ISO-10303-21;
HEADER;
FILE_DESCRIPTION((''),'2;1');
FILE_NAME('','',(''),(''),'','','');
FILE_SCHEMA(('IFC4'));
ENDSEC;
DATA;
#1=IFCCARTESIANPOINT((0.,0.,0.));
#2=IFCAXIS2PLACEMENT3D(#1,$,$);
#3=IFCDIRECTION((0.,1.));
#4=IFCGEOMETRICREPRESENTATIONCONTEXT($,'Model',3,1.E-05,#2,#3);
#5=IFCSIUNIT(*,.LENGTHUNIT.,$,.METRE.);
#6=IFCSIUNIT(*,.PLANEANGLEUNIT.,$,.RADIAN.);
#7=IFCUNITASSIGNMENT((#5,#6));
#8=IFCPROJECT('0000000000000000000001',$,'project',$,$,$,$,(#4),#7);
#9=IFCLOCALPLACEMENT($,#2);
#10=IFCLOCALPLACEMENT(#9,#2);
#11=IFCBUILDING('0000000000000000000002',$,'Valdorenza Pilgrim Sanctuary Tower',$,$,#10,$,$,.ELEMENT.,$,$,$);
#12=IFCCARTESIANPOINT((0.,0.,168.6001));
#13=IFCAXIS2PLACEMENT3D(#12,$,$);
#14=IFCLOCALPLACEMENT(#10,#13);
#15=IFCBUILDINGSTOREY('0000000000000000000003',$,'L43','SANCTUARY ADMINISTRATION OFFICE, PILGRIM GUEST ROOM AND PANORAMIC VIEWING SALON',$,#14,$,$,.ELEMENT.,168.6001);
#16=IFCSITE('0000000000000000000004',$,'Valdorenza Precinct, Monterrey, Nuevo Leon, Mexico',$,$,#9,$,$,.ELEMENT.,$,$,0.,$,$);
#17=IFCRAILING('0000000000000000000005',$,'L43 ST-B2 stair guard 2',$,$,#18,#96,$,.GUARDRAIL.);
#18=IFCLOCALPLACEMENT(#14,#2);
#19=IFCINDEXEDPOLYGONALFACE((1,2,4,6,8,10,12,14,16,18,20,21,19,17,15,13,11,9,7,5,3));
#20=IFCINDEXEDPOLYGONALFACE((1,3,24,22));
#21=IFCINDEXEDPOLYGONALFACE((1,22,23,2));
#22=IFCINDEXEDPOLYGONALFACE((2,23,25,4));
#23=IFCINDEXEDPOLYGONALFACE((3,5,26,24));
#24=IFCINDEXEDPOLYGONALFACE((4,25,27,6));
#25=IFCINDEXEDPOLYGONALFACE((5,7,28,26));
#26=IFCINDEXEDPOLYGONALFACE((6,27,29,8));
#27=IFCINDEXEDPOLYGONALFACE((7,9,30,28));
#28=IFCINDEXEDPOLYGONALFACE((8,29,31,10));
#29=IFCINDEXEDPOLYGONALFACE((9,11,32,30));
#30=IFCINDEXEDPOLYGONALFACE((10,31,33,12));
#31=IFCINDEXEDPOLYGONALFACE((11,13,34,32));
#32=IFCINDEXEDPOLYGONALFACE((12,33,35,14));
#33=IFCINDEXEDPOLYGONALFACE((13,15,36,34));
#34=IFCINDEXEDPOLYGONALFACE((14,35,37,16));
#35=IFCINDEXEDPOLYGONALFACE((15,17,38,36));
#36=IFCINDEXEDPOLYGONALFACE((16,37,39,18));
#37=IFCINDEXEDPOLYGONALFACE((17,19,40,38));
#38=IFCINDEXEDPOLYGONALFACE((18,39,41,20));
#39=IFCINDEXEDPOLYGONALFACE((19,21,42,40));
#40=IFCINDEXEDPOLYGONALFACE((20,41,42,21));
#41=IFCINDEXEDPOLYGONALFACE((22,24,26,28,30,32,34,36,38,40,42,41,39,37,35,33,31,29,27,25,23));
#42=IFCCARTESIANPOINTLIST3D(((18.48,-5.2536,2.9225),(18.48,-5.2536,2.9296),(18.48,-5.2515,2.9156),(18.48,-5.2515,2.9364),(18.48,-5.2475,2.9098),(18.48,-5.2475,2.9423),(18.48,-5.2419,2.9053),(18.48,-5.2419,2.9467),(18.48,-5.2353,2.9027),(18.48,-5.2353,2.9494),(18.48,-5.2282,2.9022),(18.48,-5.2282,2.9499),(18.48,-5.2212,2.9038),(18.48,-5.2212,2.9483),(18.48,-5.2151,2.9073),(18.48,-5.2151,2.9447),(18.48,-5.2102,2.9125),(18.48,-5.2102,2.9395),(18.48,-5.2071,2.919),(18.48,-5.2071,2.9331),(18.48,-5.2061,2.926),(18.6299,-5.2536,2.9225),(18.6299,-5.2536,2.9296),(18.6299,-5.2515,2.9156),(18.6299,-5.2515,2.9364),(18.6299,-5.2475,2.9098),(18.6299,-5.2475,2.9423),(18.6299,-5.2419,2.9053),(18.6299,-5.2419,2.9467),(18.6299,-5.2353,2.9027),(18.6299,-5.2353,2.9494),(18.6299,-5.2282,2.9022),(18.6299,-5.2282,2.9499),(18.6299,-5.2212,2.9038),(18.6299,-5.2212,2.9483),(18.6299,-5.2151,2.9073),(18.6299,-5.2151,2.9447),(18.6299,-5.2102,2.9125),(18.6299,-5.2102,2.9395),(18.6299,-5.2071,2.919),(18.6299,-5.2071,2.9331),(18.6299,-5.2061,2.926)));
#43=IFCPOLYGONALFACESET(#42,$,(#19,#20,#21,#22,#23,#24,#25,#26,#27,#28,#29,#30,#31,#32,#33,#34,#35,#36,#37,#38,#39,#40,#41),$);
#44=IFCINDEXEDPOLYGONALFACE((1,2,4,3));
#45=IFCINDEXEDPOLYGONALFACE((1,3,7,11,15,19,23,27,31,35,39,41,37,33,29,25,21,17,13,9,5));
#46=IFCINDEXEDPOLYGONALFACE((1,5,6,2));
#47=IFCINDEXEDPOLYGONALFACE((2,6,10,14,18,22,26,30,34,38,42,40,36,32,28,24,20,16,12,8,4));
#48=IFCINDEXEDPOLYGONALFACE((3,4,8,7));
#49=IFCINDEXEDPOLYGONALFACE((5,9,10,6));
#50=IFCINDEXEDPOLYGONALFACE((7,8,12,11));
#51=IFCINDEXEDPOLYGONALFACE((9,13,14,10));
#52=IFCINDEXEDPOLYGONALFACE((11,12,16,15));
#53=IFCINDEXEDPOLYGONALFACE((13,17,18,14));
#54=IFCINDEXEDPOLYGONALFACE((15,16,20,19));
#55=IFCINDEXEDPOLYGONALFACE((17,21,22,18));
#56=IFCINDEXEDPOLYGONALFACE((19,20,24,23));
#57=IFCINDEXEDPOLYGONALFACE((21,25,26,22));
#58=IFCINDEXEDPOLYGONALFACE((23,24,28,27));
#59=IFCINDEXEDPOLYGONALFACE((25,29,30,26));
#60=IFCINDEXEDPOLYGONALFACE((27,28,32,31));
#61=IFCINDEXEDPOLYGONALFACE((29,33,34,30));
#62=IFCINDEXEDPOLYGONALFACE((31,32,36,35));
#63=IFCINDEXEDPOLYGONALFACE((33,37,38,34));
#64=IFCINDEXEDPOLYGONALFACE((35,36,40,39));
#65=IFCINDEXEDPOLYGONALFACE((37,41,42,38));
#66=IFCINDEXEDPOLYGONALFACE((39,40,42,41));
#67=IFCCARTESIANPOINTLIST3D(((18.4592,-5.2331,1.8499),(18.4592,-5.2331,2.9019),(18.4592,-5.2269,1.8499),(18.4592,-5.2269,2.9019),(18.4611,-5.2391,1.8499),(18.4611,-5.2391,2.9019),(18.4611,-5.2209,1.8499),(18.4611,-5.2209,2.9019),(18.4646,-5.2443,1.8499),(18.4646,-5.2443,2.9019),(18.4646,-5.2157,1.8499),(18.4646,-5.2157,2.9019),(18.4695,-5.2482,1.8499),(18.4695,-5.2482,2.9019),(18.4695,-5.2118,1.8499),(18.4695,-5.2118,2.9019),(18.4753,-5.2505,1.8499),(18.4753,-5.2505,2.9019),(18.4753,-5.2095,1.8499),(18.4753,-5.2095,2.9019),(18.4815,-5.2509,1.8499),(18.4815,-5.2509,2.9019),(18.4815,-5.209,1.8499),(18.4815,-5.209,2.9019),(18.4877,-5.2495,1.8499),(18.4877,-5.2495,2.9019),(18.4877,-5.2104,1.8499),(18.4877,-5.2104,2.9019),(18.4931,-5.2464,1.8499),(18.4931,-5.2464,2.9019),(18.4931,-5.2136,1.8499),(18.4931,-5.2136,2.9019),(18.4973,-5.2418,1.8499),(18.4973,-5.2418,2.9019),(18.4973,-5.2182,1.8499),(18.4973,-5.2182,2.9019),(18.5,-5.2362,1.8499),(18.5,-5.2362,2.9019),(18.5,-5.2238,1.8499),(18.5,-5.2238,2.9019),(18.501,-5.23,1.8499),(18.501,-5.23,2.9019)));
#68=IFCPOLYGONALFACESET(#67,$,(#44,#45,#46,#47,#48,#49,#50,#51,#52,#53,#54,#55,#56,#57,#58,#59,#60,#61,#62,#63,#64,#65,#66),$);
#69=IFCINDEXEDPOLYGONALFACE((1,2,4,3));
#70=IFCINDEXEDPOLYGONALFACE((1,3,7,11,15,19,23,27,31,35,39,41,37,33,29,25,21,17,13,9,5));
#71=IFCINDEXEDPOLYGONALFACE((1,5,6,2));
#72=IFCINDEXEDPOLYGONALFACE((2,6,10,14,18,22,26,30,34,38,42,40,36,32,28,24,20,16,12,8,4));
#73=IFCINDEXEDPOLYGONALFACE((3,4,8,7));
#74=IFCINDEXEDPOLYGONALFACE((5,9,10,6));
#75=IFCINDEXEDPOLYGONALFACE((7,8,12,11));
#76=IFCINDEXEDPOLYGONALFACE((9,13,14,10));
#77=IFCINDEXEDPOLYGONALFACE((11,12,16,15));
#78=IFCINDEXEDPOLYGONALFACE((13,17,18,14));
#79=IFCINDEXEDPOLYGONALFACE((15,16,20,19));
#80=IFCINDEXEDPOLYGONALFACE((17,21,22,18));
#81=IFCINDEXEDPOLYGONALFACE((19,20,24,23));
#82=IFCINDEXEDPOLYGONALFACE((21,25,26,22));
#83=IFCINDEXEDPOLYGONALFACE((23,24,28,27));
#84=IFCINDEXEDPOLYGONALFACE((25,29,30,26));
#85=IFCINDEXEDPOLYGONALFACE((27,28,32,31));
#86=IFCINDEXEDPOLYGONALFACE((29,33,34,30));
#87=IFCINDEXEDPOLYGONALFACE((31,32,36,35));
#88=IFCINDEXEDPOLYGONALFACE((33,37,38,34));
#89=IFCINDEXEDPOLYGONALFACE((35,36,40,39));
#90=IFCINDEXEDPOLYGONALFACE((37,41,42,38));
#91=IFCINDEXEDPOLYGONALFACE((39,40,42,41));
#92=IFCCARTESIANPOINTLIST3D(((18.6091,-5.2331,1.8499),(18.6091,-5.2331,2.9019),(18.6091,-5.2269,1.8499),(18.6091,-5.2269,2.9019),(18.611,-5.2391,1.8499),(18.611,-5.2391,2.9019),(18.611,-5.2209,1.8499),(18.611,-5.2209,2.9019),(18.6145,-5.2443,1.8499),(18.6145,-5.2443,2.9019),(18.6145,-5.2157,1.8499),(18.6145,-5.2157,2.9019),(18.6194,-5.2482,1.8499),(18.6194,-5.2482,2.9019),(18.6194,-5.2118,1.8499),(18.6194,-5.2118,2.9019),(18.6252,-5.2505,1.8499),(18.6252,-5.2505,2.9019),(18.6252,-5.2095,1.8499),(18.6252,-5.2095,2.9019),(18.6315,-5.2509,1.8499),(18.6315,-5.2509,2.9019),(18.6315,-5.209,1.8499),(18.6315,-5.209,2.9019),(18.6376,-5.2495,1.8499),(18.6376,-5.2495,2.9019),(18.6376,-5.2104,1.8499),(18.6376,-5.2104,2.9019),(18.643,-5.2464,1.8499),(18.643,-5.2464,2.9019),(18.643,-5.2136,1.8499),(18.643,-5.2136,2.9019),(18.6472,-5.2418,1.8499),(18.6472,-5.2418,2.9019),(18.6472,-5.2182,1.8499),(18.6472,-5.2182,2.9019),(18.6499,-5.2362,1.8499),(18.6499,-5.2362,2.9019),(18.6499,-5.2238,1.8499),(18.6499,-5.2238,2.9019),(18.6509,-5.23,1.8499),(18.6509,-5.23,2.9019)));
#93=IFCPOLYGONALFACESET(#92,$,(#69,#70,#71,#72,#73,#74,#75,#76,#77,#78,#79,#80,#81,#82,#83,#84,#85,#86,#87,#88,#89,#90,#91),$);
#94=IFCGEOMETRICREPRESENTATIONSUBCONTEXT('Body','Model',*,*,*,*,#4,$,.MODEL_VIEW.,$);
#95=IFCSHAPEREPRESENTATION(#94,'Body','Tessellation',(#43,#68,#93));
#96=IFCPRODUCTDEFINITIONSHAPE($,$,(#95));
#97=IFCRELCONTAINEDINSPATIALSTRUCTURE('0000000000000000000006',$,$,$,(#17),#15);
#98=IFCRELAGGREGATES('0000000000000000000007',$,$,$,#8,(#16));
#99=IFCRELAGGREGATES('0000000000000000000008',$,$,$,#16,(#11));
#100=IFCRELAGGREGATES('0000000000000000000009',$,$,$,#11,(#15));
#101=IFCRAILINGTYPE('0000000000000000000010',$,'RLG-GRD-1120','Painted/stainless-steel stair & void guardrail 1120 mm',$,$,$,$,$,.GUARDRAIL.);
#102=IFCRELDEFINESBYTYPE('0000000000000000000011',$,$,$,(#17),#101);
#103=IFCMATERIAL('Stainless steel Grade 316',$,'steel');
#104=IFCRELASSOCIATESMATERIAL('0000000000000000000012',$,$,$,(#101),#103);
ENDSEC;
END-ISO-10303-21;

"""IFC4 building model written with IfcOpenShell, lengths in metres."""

from ifc_helpers import new_model, si_unit, direction, frame, origin, origin_2d, place, context, subcontext, project, spatial, circle, extrude, material, type_object, element, save


model = new_model("IFC4")

# Units and contexts
model_context = context("Model", 3, precision=1e-05, world=origin(), true_north=direction((0.0, 1.0)))
body_context = subcontext(model_context, "Body", "Model", "MODEL_VIEW")
ifc_project = project(units=[si_unit("LENGTHUNIT", "METRE"), si_unit("PLANEANGLEUNIT", "RADIAN")], contexts=[model_context])

# Site, building, storey
site_placement = place(None, origin())
site = spatial("IfcSite", under=ifc_project, at=site_placement, Name="Valdorenza Precinct, Monterrey, Nuevo Leon, Mexico", CompositionType="ELEMENT", RefElevation=0.0)
building_placement = place(site_placement, origin())
building = spatial("IfcBuilding", under=site, at=building_placement, Name="Valdorenza Pilgrim Sanctuary Tower", CompositionType="ELEMENT")
storey_placement = place(building_placement, frame((0.0, 0.0, 168.6001)))
storey = spatial("IfcBuildingStorey", under=building, at=storey_placement, Name="L43", Description="SANCTUARY ADMINISTRATION OFFICE, PILGRIM GUEST ROOM AND PANORAMIC VIEWING SALON", CompositionType="ELEMENT", Elevation=168.6001)

# Railing
ifc_material_1 = material(Name="Stainless steel Grade 316", Category="steel")
railing_type_1 = type_object("IfcRailingType", Name="RLG-GRD-1120", Description="Painted/stainless-steel stair & void guardrail 1120 mm", PredefinedType="GUARDRAIL", material=ifc_material_1)
railing_1_placement = place(storey_placement, frame((18.48, -5.23, 1.8499)))
element("IfcRailing", 1, at=railing_1_placement, inside=storey, type_object=railing_type_1, Name="L43 ST-B2 stair guard 2", PredefinedType="GUARDRAIL", context=body_context, shape_type="SweptSolid", body=[
    extrude(circle(Radius=0.0239, at=origin_2d()), frame((0.0, 0.0, 1.0762), z_axis=(1.0, 0.0, 0.0), x_axis=(0.0, 1.0, 0.0)), (0.0, 0.0, 1.0), 0.1499),
    extrude(circle(Radius=0.021, at=origin_2d()), origin(), (0.0, 0.0, 1.0), 1.052),
    extrude(circle(Radius=0.021, at=origin_2d()), frame((0.1499, 0.0, 0.0)), (0.0, 0.0, 1.0), 1.052),
])

save(model, "model.ifc")
